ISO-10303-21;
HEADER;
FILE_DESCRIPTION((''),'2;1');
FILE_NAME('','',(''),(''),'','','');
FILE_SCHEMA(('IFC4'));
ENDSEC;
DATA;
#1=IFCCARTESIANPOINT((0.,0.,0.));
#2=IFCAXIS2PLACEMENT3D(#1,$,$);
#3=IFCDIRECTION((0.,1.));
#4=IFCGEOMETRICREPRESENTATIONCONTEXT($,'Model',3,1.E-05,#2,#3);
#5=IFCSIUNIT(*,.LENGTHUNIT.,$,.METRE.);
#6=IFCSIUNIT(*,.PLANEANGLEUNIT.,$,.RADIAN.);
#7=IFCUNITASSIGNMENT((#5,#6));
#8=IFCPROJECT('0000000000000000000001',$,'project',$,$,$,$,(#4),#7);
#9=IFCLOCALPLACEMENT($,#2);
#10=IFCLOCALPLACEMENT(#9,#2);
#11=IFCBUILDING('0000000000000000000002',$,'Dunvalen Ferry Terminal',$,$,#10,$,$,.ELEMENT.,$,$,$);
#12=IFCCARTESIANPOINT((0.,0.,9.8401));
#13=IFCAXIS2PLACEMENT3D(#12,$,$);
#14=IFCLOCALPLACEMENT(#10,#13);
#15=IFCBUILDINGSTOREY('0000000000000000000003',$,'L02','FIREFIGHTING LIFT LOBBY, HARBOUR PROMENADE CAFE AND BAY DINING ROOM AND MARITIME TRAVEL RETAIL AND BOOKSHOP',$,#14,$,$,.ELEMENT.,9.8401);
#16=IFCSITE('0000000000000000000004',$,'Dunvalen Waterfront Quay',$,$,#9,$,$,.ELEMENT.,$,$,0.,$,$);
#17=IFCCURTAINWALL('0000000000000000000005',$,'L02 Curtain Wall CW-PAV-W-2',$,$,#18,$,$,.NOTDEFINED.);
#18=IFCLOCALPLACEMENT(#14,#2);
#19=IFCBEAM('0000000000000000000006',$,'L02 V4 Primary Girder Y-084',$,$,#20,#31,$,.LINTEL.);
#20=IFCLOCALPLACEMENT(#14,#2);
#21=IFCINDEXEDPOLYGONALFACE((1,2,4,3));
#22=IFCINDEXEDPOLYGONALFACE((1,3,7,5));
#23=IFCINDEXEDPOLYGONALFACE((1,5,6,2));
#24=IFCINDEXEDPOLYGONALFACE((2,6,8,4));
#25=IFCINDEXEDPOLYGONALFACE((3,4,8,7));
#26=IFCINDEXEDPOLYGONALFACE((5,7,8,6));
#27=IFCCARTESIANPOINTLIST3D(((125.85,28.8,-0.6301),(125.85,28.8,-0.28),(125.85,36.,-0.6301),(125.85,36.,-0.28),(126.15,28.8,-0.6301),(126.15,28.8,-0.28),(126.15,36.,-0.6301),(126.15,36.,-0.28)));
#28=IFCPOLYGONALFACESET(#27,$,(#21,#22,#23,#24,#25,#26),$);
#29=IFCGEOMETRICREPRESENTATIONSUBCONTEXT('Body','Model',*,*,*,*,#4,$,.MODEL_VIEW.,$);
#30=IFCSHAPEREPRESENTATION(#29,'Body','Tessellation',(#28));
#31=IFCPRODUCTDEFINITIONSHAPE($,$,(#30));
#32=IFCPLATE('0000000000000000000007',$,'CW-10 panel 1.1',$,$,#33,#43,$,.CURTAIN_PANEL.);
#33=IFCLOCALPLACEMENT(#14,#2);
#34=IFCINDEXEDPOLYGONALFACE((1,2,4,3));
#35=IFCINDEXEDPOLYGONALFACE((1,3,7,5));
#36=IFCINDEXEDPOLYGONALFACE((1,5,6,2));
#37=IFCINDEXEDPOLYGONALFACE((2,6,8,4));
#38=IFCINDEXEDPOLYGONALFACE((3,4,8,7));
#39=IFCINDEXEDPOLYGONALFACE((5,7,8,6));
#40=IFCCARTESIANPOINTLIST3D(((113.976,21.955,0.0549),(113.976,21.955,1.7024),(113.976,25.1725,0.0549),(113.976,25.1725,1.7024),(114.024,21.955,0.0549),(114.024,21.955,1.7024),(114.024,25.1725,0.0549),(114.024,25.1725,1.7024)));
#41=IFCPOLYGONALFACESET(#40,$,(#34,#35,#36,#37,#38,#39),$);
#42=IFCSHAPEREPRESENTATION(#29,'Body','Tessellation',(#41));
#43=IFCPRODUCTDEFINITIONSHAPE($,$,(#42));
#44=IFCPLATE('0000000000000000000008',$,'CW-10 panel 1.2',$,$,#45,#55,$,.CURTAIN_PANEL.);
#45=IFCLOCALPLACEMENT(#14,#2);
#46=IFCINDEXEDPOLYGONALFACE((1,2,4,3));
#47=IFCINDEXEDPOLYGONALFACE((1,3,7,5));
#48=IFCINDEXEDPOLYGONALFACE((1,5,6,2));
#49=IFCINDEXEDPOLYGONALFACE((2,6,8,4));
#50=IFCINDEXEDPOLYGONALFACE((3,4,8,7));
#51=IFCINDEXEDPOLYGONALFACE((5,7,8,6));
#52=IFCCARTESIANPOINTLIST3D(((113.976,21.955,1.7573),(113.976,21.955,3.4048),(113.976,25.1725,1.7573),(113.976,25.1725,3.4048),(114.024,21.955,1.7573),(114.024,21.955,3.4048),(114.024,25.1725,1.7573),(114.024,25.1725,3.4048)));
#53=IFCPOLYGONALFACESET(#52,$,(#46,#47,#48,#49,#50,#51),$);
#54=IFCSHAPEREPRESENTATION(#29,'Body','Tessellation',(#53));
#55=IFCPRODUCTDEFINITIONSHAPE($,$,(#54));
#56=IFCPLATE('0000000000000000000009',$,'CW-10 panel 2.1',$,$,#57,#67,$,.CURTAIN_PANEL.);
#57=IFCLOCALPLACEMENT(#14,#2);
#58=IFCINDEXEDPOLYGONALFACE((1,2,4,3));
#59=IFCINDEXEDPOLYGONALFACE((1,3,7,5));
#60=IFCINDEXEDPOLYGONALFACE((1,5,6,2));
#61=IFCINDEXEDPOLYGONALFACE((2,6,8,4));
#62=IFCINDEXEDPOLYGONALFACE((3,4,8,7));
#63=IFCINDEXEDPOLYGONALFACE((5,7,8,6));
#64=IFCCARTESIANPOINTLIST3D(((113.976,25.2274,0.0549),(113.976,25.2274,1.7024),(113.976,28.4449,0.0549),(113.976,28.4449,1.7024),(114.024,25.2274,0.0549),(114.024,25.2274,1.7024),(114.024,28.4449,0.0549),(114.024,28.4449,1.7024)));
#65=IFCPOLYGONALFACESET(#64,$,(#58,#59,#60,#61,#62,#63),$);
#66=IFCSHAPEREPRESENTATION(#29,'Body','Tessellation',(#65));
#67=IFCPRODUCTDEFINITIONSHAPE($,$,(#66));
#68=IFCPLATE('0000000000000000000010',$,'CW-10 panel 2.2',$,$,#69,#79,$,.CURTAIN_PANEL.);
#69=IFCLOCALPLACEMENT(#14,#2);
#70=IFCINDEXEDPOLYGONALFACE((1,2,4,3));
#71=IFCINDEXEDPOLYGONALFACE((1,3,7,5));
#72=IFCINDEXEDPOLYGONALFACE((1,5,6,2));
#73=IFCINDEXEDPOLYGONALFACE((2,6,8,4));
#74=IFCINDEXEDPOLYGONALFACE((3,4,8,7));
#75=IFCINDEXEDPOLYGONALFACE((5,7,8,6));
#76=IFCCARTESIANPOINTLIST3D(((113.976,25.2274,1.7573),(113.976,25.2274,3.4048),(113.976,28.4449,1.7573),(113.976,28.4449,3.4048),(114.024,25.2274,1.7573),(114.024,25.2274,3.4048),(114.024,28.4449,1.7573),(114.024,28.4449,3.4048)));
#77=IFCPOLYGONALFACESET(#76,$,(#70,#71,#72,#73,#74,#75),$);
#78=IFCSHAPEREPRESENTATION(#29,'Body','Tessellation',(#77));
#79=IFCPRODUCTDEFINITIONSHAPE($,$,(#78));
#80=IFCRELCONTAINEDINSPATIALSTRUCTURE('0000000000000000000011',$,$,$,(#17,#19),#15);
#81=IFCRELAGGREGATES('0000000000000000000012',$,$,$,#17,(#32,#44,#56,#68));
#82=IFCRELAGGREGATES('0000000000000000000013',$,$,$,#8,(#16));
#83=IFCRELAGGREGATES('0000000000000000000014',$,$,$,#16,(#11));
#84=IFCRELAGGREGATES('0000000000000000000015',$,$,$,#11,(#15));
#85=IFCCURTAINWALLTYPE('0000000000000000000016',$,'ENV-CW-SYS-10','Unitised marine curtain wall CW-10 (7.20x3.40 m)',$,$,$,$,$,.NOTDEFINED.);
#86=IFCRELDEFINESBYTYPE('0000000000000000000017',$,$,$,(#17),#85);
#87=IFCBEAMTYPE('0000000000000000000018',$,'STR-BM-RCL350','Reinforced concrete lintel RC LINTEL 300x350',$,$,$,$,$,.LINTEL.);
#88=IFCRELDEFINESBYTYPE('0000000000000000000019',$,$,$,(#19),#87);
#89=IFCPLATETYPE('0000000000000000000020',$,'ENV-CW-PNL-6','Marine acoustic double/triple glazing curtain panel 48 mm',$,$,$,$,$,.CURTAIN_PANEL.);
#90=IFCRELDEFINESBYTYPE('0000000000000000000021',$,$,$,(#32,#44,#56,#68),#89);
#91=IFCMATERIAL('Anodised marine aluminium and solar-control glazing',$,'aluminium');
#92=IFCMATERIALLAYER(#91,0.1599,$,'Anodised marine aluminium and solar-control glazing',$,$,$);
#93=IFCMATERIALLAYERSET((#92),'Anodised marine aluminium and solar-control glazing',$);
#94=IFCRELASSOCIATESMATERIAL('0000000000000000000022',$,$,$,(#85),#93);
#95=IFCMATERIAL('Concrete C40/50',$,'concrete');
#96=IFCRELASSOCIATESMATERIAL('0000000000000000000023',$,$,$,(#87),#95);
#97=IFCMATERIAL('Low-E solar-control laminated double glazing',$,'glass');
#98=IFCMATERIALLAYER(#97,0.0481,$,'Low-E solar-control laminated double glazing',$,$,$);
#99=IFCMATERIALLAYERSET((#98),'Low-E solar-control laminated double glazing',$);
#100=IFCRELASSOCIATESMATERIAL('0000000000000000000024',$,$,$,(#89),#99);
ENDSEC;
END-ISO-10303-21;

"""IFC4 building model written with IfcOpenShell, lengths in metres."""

from ifc_helpers import new_model, si_unit, direction, frame, origin, origin_2d, place, context, subcontext, project, spatial, rectangle, extrude, material, layer, layer_set, material_profile, profile_set, type_object, element, aggregate, save


model = new_model("IFC4")

# Units and contexts
model_context = context("Model", 3, precision=1e-05, world=origin(), true_north=direction((0.0, 1.0)))
body_context = subcontext(model_context, "Body", "Model", "MODEL_VIEW")
ifc_project = project(units=[si_unit("LENGTHUNIT", "METRE"), si_unit("PLANEANGLEUNIT", "RADIAN")], contexts=[model_context])

# Site, building, storey
site_placement = place(None, origin())
site = spatial("IfcSite", under=ifc_project, at=site_placement, Name="Dunvalen Waterfront Quay", CompositionType="ELEMENT", RefElevation=0.0)
building_placement = place(site_placement, origin())
building = spatial("IfcBuilding", under=site, at=building_placement, Name="Dunvalen Ferry Terminal", CompositionType="ELEMENT")
storey_placement = place(building_placement, frame((0.0, 0.0, 9.8401)))
storey = spatial("IfcBuildingStorey", under=building, at=storey_placement, Name="L02", Description="FIREFIGHTING LIFT LOBBY, HARBOUR PROMENADE CAFE AND BAY DINING ROOM AND MARITIME TRAVEL RETAIL AND BOOKSHOP", CompositionType="ELEMENT", Elevation=9.8401)

# Curtain wall
ifc_material_1 = material(Name="Anodised marine aluminium and solar-control glazing", Category="aluminium")
ifc_layer_1 = layer(ifc_material_1, 0.1599, Name="Anodised marine aluminium and solar-control glazing")
ifc_layer_set_1 = layer_set([ifc_layer_1], Name="Anodised marine aluminium and solar-control glazing")
curtain_wall_type = type_object("IfcCurtainWallType", Name="ENV-CW-SYS-10", Description="Unitised marine curtain wall CW-10 (7.20x3.40 m)", PredefinedType="NOTDEFINED", material=ifc_layer_set_1)
curtain_wall_placement = place(storey_placement, origin())
curtain_wall = element("IfcCurtainWall", 1, at=curtain_wall_placement, inside=storey, type_object=curtain_wall_type, Name="L02 Curtain Wall CW-PAV-W-2", PredefinedType="NOTDEFINED")

# Beam
ifc_material_2 = material(Name="Concrete C40/50", Category="concrete")
ifc_material_profile_1 = material_profile(ifc_material_2, rectangle(XDim=0.3, YDim=0.3501, at=origin_2d()), Name="Concrete C40/50")
ifc_profile_set_1 = profile_set([ifc_material_profile_1], Name="Concrete C40/50")
beam_type_1 = type_object("IfcBeamType", Name="STR-BM-RCL350", Description="Reinforced concrete lintel RC LINTEL 300x350", PredefinedType="LINTEL", material=ifc_profile_set_1)
for number, where, z_axis, x_axis, name in (
    (2, (126.0, 28.8, -0.4551), (0.0, 1.0, 0.0), (-1.0, 0.0, 0.0), "L02 V4 Primary Girder Y-084"),
):
    element("IfcBeam", number, at=place(storey_placement, frame(where, z_axis=z_axis, x_axis=x_axis)), inside=storey, type_object=beam_type_1, Name=name, PredefinedType="LINTEL", context=body_context, shape_type="SweptSolid", body=[
        extrude(rectangle(XDim=0.3, YDim=0.3501, at=origin_2d()), origin(), (0.0, 0.0, 1.0), 7.2),
    ])

# Plates
ifc_material_3 = material(Name="Low-E solar-control laminated double glazing", Category="glass")
ifc_layer_2 = layer(ifc_material_3, 0.0481, Name="Low-E solar-control laminated double glazing")
ifc_layer_set_2 = layer_set([ifc_layer_2], Name="Low-E solar-control laminated double glazing")
plate_type = type_object("IfcPlateType", Name="ENV-CW-PNL-6", Description="Marine acoustic double/triple glazing curtain panel 48 mm", PredefinedType="CURTAIN_PANEL", material=ifc_layer_set_2)
plate_1_placement = place(storey_placement, frame((114.0, 23.5637, 0.0549), z_axis=(0.0, 0.0, 1.0), x_axis=(0.0, 1.0, 0.0)))
plate_1 = element("IfcPlate", 3, at=plate_1_placement, type_object=plate_type, Name="CW-10 panel 1.1", PredefinedType="CURTAIN_PANEL", context=body_context, shape_type="SweptSolid", body=[
    extrude(rectangle(XDim=3.2175, YDim=0.0481, at=origin_2d()), origin(), (0.0, 0.0, 1.0), 1.6475),
])
plate_2_placement = place(storey_placement, frame((114.0, 23.5637, 1.7573), z_axis=(0.0, 0.0, 1.0), x_axis=(0.0, 1.0, 0.0)))
plate_2 = element("IfcPlate", 4, at=plate_2_placement, type_object=plate_type, Name="CW-10 panel 1.2", PredefinedType="CURTAIN_PANEL", context=body_context, shape_type="SweptSolid", body=[
    extrude(rectangle(XDim=3.2175, YDim=0.0481, at=origin_2d()), origin(), (0.0, 0.0, 1.0), 1.6475),
])
plate_3_placement = place(storey_placement, frame((114.0, 26.8362, 0.0549), z_axis=(0.0, 0.0, 1.0), x_axis=(0.0, 1.0, 0.0)))
plate_3 = element("IfcPlate", 5, at=plate_3_placement, type_object=plate_type, Name="CW-10 panel 2.1", PredefinedType="CURTAIN_PANEL", context=body_context, shape_type="SweptSolid", body=[
    extrude(rectangle(XDim=3.2175, YDim=0.0481, at=origin_2d()), origin(), (0.0, 0.0, 1.0), 1.6475),
])
plate_4_placement = place(storey_placement, frame((114.0, 26.8362, 1.7573), z_axis=(0.0, 0.0, 1.0), x_axis=(0.0, 1.0, 0.0)))
plate_4 = element("IfcPlate", 6, at=plate_4_placement, type_object=plate_type, Name="CW-10 panel 2.2", PredefinedType="CURTAIN_PANEL", context=body_context, shape_type="SweptSolid", body=[
    extrude(rectangle(XDim=3.2175, YDim=0.0481, at=origin_2d()), origin(), (0.0, 0.0, 1.0), 1.6475),
])
aggregate(curtain_wall, [plate_1, plate_2, plate_3, plate_4])

save(model, "model.ifc")
